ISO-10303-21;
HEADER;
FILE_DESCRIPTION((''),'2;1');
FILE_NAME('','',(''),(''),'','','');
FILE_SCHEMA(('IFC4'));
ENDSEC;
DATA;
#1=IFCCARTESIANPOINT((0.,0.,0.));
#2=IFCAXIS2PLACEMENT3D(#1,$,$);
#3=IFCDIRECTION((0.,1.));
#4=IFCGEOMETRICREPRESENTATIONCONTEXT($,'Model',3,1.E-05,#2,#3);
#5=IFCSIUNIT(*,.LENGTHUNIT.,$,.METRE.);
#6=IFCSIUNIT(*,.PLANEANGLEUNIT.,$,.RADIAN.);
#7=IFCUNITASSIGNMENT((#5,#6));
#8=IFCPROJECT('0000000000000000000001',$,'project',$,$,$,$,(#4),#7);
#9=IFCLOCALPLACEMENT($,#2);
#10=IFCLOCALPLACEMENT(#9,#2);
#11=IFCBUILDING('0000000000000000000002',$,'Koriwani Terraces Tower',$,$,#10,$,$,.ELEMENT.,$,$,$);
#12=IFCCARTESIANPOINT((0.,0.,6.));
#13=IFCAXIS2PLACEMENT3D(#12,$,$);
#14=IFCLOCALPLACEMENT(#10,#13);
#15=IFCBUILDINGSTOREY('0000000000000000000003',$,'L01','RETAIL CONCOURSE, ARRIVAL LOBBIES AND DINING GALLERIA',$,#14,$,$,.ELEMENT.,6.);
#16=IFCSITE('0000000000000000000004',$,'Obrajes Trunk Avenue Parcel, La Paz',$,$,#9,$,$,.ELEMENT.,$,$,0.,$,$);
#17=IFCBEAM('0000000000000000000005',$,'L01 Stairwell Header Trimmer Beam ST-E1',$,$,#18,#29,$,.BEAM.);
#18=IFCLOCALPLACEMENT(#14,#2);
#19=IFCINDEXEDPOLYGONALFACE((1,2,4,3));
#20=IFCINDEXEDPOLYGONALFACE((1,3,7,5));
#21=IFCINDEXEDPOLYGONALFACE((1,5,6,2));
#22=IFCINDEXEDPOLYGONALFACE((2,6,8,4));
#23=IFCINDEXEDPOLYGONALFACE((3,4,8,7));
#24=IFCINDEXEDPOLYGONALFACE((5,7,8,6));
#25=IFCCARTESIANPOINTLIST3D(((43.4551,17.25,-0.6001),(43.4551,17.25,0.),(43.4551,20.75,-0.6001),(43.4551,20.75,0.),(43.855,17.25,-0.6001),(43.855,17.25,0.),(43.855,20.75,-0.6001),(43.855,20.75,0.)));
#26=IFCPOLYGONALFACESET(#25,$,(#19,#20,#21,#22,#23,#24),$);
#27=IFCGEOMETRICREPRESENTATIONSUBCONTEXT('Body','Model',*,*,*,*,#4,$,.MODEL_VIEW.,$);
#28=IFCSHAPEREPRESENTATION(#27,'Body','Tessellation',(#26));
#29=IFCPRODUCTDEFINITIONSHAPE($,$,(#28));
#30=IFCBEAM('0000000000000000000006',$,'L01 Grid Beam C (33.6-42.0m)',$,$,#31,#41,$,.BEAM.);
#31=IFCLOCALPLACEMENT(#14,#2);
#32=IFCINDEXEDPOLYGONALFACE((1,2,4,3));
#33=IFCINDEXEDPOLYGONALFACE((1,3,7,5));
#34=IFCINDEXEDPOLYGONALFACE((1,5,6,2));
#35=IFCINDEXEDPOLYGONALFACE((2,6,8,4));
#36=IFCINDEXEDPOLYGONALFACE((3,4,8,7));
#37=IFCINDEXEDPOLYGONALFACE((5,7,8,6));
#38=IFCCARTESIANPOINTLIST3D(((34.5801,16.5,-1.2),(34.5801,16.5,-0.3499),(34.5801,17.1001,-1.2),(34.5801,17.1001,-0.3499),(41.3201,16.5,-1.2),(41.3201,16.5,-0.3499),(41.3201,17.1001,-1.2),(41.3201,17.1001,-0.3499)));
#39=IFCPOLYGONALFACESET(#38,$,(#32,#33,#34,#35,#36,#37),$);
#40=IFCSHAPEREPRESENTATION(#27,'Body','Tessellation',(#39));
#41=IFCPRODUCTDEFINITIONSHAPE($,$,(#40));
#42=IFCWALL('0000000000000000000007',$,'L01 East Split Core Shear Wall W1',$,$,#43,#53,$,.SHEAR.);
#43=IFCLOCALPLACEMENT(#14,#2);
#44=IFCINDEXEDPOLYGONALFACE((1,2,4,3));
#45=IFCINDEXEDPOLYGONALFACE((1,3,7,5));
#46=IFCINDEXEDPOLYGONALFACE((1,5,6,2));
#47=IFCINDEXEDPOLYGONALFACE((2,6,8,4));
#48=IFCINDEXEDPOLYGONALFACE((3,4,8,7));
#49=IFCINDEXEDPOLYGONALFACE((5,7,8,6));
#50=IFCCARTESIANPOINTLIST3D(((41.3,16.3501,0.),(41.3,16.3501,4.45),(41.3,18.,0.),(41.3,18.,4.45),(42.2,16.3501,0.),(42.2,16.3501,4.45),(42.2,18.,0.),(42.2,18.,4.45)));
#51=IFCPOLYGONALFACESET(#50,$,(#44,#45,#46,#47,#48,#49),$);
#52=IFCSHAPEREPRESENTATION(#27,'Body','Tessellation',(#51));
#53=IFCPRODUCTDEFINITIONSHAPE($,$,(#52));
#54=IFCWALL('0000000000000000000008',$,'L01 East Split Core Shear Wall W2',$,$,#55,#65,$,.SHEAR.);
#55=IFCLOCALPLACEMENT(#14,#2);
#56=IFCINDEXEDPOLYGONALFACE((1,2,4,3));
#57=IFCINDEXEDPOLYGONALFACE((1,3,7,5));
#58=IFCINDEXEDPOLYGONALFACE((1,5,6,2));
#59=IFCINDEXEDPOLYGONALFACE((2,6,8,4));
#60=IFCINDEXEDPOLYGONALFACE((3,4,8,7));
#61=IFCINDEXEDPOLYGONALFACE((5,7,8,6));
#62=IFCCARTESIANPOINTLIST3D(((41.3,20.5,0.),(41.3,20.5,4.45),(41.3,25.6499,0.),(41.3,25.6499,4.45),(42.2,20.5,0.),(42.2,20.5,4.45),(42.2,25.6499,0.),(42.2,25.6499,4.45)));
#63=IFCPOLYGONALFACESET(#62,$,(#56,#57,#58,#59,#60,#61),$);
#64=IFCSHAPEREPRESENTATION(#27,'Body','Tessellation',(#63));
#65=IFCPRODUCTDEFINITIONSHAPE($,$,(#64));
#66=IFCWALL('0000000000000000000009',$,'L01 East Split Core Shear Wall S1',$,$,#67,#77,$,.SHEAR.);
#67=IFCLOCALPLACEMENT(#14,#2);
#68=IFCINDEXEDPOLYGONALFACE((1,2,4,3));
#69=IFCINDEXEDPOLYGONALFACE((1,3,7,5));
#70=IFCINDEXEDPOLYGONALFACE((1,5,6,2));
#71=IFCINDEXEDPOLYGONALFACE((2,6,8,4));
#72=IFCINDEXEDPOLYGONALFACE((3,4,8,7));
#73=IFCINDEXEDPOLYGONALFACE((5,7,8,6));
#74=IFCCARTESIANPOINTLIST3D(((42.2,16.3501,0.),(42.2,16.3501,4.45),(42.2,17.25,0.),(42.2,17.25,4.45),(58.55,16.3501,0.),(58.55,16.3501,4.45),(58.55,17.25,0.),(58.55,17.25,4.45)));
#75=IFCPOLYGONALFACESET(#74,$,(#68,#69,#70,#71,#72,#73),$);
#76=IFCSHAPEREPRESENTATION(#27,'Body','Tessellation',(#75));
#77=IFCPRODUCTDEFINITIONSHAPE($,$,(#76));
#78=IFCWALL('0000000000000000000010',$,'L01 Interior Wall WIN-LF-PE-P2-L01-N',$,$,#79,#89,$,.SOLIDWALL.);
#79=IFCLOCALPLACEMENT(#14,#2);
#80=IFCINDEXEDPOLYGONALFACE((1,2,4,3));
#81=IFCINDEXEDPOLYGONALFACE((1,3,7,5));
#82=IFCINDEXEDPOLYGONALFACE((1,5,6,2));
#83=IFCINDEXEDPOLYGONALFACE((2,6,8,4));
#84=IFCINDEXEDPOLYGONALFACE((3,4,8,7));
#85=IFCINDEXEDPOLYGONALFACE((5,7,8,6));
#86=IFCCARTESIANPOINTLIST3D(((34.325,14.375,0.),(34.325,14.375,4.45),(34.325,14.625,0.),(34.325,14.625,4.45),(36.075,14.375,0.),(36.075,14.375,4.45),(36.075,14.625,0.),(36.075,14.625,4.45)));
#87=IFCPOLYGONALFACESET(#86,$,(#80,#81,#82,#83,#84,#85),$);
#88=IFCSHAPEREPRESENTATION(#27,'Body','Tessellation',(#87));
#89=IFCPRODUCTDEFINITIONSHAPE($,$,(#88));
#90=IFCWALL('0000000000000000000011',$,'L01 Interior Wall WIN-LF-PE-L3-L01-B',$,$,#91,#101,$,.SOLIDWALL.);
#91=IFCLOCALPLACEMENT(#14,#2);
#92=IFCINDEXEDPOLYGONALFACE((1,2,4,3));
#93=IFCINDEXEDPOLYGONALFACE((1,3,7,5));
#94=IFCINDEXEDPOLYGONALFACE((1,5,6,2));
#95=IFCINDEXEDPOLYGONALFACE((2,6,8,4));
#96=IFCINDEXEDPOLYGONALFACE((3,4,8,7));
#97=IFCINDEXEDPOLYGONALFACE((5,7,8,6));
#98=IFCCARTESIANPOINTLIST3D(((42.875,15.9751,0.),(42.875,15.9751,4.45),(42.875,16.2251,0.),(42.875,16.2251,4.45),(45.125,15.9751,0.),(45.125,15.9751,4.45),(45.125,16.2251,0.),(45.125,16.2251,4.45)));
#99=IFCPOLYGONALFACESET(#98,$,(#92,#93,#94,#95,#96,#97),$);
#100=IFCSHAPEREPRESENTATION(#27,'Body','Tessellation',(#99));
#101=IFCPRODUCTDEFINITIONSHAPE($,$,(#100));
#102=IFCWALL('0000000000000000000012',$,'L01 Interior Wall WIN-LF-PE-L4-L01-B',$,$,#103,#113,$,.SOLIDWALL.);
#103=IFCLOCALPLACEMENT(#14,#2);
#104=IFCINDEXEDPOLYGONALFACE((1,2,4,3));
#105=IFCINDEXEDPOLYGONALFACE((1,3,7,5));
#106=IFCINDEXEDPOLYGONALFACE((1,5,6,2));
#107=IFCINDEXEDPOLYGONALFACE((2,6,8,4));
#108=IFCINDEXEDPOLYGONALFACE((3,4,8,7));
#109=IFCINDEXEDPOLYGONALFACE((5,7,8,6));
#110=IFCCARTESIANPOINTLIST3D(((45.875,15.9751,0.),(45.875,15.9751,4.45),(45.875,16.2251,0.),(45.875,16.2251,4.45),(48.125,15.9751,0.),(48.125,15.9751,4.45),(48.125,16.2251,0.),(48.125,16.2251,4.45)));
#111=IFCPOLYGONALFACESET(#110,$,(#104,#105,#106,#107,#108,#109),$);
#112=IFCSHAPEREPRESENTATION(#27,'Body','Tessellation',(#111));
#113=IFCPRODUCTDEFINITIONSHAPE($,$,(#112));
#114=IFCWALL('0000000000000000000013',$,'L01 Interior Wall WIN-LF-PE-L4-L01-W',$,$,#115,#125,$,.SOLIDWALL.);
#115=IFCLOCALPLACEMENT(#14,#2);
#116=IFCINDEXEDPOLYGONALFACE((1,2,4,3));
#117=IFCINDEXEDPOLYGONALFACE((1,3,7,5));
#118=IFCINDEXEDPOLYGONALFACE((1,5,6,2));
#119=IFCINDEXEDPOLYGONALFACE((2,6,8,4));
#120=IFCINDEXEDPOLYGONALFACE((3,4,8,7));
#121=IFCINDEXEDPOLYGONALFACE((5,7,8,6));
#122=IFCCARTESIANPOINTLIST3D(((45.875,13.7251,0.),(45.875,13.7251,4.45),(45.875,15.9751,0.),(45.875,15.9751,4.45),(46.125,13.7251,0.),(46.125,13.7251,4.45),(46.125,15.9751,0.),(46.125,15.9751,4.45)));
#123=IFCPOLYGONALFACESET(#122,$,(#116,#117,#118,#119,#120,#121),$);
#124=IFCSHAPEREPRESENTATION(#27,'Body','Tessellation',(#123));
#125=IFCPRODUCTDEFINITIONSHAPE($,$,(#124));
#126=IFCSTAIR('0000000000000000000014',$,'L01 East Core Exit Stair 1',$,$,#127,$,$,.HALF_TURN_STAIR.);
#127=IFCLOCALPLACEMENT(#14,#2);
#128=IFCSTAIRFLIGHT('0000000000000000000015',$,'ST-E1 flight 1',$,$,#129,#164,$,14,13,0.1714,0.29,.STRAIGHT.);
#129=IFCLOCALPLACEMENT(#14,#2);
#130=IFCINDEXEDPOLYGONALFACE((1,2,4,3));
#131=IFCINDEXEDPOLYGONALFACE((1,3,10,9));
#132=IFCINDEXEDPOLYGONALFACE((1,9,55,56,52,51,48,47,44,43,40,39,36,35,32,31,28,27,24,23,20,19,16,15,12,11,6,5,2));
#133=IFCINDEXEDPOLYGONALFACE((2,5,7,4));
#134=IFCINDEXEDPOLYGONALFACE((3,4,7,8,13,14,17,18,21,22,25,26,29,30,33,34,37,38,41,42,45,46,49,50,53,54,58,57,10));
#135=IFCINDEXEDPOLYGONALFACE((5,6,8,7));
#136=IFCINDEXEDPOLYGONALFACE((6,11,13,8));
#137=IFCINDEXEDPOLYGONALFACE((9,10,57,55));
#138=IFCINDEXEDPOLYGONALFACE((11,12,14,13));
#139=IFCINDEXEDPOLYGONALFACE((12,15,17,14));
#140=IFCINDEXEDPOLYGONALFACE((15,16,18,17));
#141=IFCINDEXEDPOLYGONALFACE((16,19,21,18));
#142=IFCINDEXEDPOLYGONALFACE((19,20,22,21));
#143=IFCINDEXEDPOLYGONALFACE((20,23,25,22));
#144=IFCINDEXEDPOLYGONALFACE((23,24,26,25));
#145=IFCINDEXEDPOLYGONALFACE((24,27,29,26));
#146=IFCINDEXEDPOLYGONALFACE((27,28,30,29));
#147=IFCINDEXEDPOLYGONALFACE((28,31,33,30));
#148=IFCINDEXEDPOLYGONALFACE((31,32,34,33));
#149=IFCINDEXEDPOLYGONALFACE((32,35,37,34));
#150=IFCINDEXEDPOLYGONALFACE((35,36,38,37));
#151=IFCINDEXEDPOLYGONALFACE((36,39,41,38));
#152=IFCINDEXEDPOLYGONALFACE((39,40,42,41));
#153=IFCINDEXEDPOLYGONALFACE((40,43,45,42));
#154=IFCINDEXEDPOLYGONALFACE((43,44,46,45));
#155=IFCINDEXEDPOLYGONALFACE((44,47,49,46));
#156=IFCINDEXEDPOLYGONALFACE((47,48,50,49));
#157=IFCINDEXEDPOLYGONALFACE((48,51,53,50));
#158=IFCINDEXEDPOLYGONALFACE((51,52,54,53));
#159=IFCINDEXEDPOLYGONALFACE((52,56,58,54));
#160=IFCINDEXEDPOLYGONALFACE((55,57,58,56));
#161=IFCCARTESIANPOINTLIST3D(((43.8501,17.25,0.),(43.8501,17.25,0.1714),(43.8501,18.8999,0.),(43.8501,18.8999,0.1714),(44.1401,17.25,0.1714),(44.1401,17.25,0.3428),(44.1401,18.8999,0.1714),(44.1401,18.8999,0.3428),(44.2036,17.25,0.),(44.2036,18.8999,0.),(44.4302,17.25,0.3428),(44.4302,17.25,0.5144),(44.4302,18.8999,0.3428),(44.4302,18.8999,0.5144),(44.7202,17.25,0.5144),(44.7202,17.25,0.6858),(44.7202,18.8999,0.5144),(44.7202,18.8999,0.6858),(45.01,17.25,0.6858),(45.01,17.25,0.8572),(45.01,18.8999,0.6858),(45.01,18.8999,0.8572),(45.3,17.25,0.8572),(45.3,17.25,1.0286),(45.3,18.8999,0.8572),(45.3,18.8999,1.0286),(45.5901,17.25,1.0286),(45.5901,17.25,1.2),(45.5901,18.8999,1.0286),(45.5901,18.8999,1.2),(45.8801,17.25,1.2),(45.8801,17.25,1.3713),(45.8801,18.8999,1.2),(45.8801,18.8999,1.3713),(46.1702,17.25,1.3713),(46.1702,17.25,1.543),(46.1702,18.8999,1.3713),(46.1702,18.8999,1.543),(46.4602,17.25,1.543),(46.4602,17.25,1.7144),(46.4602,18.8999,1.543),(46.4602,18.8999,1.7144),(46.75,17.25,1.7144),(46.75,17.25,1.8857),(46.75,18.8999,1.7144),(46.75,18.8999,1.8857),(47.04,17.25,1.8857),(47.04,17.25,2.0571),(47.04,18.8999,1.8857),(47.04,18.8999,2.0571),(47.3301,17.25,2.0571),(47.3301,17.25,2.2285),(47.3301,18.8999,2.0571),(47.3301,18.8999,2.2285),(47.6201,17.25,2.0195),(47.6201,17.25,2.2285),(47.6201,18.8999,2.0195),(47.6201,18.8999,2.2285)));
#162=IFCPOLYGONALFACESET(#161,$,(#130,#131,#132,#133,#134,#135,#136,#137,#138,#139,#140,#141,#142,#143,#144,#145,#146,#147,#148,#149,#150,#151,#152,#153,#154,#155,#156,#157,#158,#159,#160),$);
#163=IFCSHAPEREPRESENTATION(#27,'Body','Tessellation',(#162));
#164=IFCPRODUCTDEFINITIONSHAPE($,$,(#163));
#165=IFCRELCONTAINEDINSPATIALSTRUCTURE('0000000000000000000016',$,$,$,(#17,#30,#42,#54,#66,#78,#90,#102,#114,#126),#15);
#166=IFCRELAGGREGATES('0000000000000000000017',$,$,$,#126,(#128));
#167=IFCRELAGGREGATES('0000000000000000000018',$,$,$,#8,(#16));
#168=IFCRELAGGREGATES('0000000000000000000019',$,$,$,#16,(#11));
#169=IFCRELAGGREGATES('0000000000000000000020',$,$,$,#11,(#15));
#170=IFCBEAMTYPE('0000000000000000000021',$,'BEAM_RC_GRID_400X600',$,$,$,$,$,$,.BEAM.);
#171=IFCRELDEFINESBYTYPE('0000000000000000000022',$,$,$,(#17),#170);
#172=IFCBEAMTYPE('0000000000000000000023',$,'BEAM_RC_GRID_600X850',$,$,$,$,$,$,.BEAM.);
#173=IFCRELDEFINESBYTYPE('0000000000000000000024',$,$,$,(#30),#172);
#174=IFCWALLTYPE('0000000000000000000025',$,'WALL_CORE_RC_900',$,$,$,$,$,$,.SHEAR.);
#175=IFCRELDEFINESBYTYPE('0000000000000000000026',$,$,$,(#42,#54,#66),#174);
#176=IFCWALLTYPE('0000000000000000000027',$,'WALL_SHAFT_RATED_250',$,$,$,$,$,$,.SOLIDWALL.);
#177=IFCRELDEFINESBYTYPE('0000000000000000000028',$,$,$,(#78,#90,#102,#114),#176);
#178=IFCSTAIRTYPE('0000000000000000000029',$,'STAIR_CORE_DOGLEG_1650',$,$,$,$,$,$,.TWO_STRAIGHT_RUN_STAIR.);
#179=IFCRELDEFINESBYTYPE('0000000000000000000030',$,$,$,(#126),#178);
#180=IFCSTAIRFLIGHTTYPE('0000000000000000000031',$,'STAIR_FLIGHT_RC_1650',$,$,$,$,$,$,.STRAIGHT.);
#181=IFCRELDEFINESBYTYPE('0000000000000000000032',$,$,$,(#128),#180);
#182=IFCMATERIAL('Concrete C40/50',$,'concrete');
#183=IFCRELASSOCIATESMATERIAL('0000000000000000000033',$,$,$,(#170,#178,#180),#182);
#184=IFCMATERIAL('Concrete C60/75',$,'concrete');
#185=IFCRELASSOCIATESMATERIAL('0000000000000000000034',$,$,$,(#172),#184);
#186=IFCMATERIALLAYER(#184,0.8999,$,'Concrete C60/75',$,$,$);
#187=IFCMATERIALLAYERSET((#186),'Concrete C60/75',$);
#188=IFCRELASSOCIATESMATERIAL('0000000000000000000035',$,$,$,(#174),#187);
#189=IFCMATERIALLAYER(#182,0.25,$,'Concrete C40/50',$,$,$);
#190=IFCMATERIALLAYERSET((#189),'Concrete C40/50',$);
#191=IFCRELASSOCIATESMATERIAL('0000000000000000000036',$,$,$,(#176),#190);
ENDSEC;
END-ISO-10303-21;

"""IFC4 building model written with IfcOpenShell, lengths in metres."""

from ifc_helpers import new_model, si_unit, direction, frame, frame_2d, origin, origin_2d, place, context, subcontext, project, spatial, polyline, rectangle, outline, extrude, material, layer, layer_set, material_profile, profile_set, type_object, element, aggregate, save


model = new_model("IFC4")

# Units and contexts
model_context = context("Model", 3, precision=1e-05, world=origin(), true_north=direction((0.0, 1.0)))
body_context = subcontext(model_context, "Body", "Model", "MODEL_VIEW")
ifc_project = project(units=[si_unit("LENGTHUNIT", "METRE"), si_unit("PLANEANGLEUNIT", "RADIAN")], contexts=[model_context])

# Site, building, storey
site_placement = place(None, origin())
site = spatial("IfcSite", under=ifc_project, at=site_placement, Name="Obrajes Trunk Avenue Parcel, La Paz", CompositionType="ELEMENT", RefElevation=0.0)
building_placement = place(site_placement, origin())
building = spatial("IfcBuilding", under=site, at=building_placement, Name="Koriwani Terraces Tower", CompositionType="ELEMENT")
storey_placement = place(building_placement, frame((0.0, 0.0, 6.0)))
storey = spatial("IfcBuildingStorey", under=building, at=storey_placement, Name="L01", Description="RETAIL CONCOURSE, ARRIVAL LOBBIES AND DINING GALLERIA", CompositionType="ELEMENT", Elevation=6.0)

# Beams
ifc_material_1 = material(Name="Concrete C40/50", Category="concrete")
ifc_material_profile_1 = material_profile(ifc_material_1, rectangle(XDim=0.3999, YDim=0.6001, at=origin_2d()), Name="Concrete C40/50", Category="LoadBearing")
ifc_profile_set_1 = profile_set([ifc_material_profile_1], Name="Concrete C40/50")
beam_type_1 = type_object("IfcBeamType", Name="BEAM_RC_GRID_400X600", PredefinedType="BEAM", material=ifc_profile_set_1)
beam_1_placement = place(storey_placement, frame((43.655, 17.25, -0.3), z_axis=(0.0, 1.0, 0.0), x_axis=(-1.0, 0.0, 0.0)))
element("IfcBeam", 1, at=beam_1_placement, inside=storey, type_object=beam_type_1, Name="L01 Stairwell Header Trimmer Beam ST-E1", PredefinedType="BEAM", context=body_context, shape_type="SweptSolid", body=[
    extrude(rectangle(XDim=0.3999, YDim=0.6001, at=origin_2d()), origin(), (0.0, 0.0, 1.0), 3.5),
])
ifc_material_2 = material(Name="Concrete C60/75", Category="concrete")
ifc_material_profile_2 = material_profile(ifc_material_2, rectangle(XDim=0.6001, YDim=0.8501, at=origin_2d()), Name="Concrete C60/75", Category="LoadBearing")
ifc_profile_set_2 = profile_set([ifc_material_profile_2], Name="Concrete C60/75")
beam_type_2 = type_object("IfcBeamType", Name="BEAM_RC_GRID_600X850", PredefinedType="BEAM", material=ifc_profile_set_2)
beam_2_placement = place(storey_placement, frame((34.5801, 16.8, -0.7749), z_axis=(1.0, 0.0, 0.0), x_axis=(0.0, 1.0, 0.0)))
element("IfcBeam", 2, at=beam_2_placement, inside=storey, type_object=beam_type_2, Name="L01 Grid Beam C (33.6-42.0m)", PredefinedType="BEAM", context=body_context, shape_type="SweptSolid", body=[
    extrude(rectangle(XDim=0.6001, YDim=0.8501, at=origin_2d()), origin(), (0.0, 0.0, 1.0), 6.74),
])

# Walls
ifc_layer_1 = layer(ifc_material_2, 0.8999, Name="Concrete C60/75")
ifc_layer_set_1 = layer_set([ifc_layer_1], Name="Concrete C60/75")
wall_type_1 = type_object("IfcWallType", Name="WALL_CORE_RC_900", PredefinedType="SHEAR", material=ifc_layer_set_1)
wall_1_placement = place(storey_placement, frame((41.75, 16.3501, 0.0), z_axis=(0.0, 0.0, 1.0), x_axis=(0.0, 1.0, 0.0)))
element("IfcWall", 3, at=wall_1_placement, inside=storey, type_object=wall_type_1, Name="L01 East Split Core Shear Wall W1", PredefinedType="SHEAR", context=body_context, shape_type="SweptSolid", body=[
    extrude(rectangle(XDim=1.6499, YDim=0.8999, at=frame_2d((0.825, 0.0))), origin(), (0.0, 0.0, 1.0), 4.45),
])
wall_2_placement = place(storey_placement, frame((41.75, 20.5, 0.0), z_axis=(0.0, 0.0, 1.0), x_axis=(0.0, 1.0, 0.0)))
element("IfcWall", 4, at=wall_2_placement, inside=storey, type_object=wall_type_1, Name="L01 East Split Core Shear Wall W2", PredefinedType="SHEAR", context=body_context, shape_type="SweptSolid", body=[
    extrude(rectangle(XDim=5.1499, YDim=0.8999, at=frame_2d((2.575, 0.0))), origin(), (0.0, 0.0, 1.0), 4.45),
])
wall_3_placement = place(storey_placement, frame((42.2, 16.8, 0.0), z_axis=(0.0, 0.0, 1.0), x_axis=(1.0, 0.0, 0.0)))
element("IfcWall", 5, at=wall_3_placement, inside=storey, type_object=wall_type_1, Name="L01 East Split Core Shear Wall S1", PredefinedType="SHEAR", context=body_context, shape_type="SweptSolid", body=[
    extrude(rectangle(XDim=16.3501, YDim=0.8999, at=frame_2d((8.175, 0.0))), origin(), (0.0, 0.0, 1.0), 4.45),
])

# Shared definitions
ifc_layer_2 = layer(ifc_material_1, 0.25, Name="Concrete C40/50")
ifc_layer_set_2 = layer_set([ifc_layer_2], Name="Concrete C40/50")
wall_type_2 = type_object("IfcWallType", Name="WALL_SHAFT_RATED_250", PredefinedType="SOLIDWALL", material=ifc_layer_set_2)

# Walls
wall_4_placement = place(storey_placement, frame((34.325, 14.5, 0.0), z_axis=(0.0, 0.0, 1.0), x_axis=(1.0, 0.0, 0.0)))
element("IfcWall", 6, at=wall_4_placement, inside=storey, type_object=wall_type_2, Name="L01 Interior Wall WIN-LF-PE-P2-L01-N", PredefinedType="SOLIDWALL", context=body_context, shape_type="SweptSolid", body=[
    extrude(rectangle(XDim=1.75, YDim=0.25, at=frame_2d((0.875, 0.0))), origin(), (0.0, 0.0, 1.0), 4.45),
])
for number, where, z_axis, x_axis, name in (
    (7, (42.875, 16.1001, 0.0), (0.0, 0.0, 1.0), (1.0, 0.0, 0.0), "L01 Interior Wall WIN-LF-PE-L3-L01-B"),
    (8, (45.875, 16.1001, 0.0), (0.0, 0.0, 1.0), (1.0, 0.0, 0.0), "L01 Interior Wall WIN-LF-PE-L4-L01-B"),
    (9, (46.0, 13.7251, 0.0), (0.0, 0.0, 1.0), (0.0, 1.0, 0.0), "L01 Interior Wall WIN-LF-PE-L4-L01-W"),
):
    element("IfcWall", number, at=place(storey_placement, frame(where, z_axis=z_axis, x_axis=x_axis)), inside=storey, type_object=wall_type_2, Name=name, PredefinedType="SOLIDWALL", context=body_context, shape_type="SweptSolid", body=[
        extrude(rectangle(XDim=2.25, YDim=0.25, at=frame_2d((1.125, 0.0))), origin(), (0.0, 0.0, 1.0), 4.45),
    ])

# Stair, stair flight
stair_type = type_object("IfcStairType", Name="STAIR_CORE_DOGLEG_1650", PredefinedType="TWO_STRAIGHT_RUN_STAIR", material=ifc_material_1)
stair_placement = place(storey_placement, origin())
stair = element("IfcStair", 10, at=stair_placement, inside=storey, type_object=stair_type, Name="L01 East Core Exit Stair 1", PredefinedType="HALF_TURN_STAIR")
stair_flight_type = type_object("IfcStairFlightType", Name="STAIR_FLIGHT_RC_1650", PredefinedType="STRAIGHT", material=ifc_material_1)
stair_flight_1_placement = place(storey_placement, frame((43.8501, 18.075, 0.0), z_axis=(0.0, 0.0, 1.0), x_axis=(1.0, 0.0, 0.0)))
stair_flight_1 = element("IfcStairFlight", 11, at=stair_flight_1_placement, type_object=stair_flight_type, Name="ST-E1 flight 1", NumberOfRisers=14, NumberOfTreads=13, PredefinedType="STRAIGHT", RiserHeight=0.1714, TreadLength=0.29, context=body_context, shape_type="SweptSolid", body=[
    extrude(outline(polyline([(0.0, 0.0), (0.0, 0.1714), (0.29, 0.1714), (0.29, 0.3428), (0.5801, 0.3428), (0.5801, 0.5144), (0.8701, 0.5144), (0.8701, 0.6858), (1.1599, 0.6858), (1.1599, 0.8572), (1.45, 0.8572), (1.45, 1.0286), (1.74, 1.0286), (1.74, 1.2), (2.03, 1.2), (2.03, 1.3713), (2.3201, 1.3713), (2.3201, 1.543), (2.6101, 1.543), (2.6101, 1.7144), (2.8999, 1.7144), (2.8999, 1.8857), (3.1899, 1.8857), (3.1899, 2.0571), (3.48, 2.0571), (3.48, 2.2285), (3.77, 2.2285), (3.77, 2.3999), (3.77, 2.0195), (0.3535, 0.0), (0.0, 0.0)])), frame((0.0, 0.825, 0.0), z_axis=(0.0, -1.0, 0.0), x_axis=(1.0, 0.0, 0.0)), (0.0, 0.0, 1.0), 1.6499),
])
aggregate(stair, [stair_flight_1])

save(model, "model.ifc")
